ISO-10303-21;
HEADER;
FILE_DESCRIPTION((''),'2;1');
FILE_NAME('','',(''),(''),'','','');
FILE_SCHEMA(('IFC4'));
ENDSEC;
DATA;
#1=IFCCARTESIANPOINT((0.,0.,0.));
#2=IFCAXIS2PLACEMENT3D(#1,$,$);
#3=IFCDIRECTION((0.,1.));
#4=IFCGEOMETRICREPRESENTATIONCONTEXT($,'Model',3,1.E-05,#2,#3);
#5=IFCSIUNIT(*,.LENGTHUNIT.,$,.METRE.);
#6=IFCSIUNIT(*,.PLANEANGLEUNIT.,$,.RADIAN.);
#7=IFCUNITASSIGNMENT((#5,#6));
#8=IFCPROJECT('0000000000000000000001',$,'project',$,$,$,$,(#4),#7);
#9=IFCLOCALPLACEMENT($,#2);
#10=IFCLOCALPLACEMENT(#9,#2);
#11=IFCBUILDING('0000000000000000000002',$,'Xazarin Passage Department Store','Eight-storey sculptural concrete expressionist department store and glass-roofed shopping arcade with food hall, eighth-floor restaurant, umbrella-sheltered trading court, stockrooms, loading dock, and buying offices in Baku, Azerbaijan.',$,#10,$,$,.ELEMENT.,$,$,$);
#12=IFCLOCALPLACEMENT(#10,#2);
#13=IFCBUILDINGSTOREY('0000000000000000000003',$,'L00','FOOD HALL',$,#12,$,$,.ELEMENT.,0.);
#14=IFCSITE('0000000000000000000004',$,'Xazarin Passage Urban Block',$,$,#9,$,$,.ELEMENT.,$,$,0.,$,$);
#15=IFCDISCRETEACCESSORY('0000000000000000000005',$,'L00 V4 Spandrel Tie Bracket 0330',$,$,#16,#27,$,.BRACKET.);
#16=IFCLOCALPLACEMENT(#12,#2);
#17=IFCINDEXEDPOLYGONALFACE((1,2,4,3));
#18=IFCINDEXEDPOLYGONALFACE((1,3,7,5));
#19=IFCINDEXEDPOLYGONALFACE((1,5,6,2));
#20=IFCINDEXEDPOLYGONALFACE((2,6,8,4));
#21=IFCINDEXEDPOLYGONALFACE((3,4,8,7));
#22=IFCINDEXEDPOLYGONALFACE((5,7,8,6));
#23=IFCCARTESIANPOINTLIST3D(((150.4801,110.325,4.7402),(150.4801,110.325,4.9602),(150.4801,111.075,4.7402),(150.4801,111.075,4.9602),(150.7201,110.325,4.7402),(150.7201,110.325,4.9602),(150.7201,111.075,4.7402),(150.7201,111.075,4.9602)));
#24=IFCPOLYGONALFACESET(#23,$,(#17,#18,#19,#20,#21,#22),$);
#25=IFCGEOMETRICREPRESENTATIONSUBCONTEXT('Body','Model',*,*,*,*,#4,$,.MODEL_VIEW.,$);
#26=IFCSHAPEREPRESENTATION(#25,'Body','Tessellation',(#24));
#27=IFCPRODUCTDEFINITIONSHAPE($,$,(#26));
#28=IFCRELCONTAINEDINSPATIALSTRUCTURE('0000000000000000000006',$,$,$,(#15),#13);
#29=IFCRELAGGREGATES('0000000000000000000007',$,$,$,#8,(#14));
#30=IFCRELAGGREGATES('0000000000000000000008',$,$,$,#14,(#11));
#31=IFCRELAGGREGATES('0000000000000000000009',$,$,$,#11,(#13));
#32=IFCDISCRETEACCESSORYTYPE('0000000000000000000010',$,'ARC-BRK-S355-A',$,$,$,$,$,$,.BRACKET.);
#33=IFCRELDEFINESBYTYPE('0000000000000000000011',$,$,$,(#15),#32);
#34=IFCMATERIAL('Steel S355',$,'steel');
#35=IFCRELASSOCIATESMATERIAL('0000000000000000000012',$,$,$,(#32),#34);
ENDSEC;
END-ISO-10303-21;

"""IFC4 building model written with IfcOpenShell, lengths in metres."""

from ifc_helpers import new_model, si_unit, direction, frame, origin, origin_2d, place, context, subcontext, project, spatial, rectangle, extrude, material, type_object, element, save


model = new_model("IFC4")

# Units and contexts
model_context = context("Model", 3, precision=1e-05, world=origin(), true_north=direction((0.0, 1.0)))
body_context = subcontext(model_context, "Body", "Model", "MODEL_VIEW")
ifc_project = project(units=[si_unit("LENGTHUNIT", "METRE"), si_unit("PLANEANGLEUNIT", "RADIAN")], contexts=[model_context])

# Site, building, storey
site_placement = place(None, origin())
site = spatial("IfcSite", under=ifc_project, at=site_placement, Name="Xazarin Passage Urban Block", CompositionType="ELEMENT", RefElevation=0.0)
building_placement = place(site_placement, origin())
building = spatial("IfcBuilding", under=site, at=building_placement, Name="Xazarin Passage Department Store", Description="Eight-storey sculptural concrete expressionist department store and glass-roofed shopping arcade with food hall, eighth-floor restaurant, umbrella-sheltered trading court, stockrooms, loading dock, and buying offices in Baku, Azerbaijan.", CompositionType="ELEMENT")
storey_placement = place(building_placement, origin())
storey = spatial("IfcBuildingStorey", under=building, at=storey_placement, Name="L00", Description="FOOD HALL", CompositionType="ELEMENT", Elevation=0.0)

# Discrete accessory
ifc_material_1 = material(Name="Steel S355", Category="steel")
discrete_accessory_type = type_object("IfcDiscreteAccessoryType", Name="ARC-BRK-S355-A", PredefinedType="BRACKET", material=ifc_material_1)
for number, where, z_axis, x_axis, name in (
    (1, (150.6001, 110.7, 4.7402), (0.0, 0.0, 1.0), (1.0, 0.0, 0.0), "L00 V4 Spandrel Tie Bracket 0330"),
):
    element("IfcDiscreteAccessory", number, at=place(storey_placement, frame(where, z_axis=z_axis, x_axis=x_axis)), inside=storey, type_object=discrete_accessory_type, Name=name, PredefinedType="BRACKET", context=body_context, shape_type="SweptSolid", body=[
        extrude(rectangle(XDim=0.24, YDim=0.75, at=origin_2d()), origin(), (0.0, 0.0, 1.0), 0.22),
    ])

save(model, "model.ifc")
